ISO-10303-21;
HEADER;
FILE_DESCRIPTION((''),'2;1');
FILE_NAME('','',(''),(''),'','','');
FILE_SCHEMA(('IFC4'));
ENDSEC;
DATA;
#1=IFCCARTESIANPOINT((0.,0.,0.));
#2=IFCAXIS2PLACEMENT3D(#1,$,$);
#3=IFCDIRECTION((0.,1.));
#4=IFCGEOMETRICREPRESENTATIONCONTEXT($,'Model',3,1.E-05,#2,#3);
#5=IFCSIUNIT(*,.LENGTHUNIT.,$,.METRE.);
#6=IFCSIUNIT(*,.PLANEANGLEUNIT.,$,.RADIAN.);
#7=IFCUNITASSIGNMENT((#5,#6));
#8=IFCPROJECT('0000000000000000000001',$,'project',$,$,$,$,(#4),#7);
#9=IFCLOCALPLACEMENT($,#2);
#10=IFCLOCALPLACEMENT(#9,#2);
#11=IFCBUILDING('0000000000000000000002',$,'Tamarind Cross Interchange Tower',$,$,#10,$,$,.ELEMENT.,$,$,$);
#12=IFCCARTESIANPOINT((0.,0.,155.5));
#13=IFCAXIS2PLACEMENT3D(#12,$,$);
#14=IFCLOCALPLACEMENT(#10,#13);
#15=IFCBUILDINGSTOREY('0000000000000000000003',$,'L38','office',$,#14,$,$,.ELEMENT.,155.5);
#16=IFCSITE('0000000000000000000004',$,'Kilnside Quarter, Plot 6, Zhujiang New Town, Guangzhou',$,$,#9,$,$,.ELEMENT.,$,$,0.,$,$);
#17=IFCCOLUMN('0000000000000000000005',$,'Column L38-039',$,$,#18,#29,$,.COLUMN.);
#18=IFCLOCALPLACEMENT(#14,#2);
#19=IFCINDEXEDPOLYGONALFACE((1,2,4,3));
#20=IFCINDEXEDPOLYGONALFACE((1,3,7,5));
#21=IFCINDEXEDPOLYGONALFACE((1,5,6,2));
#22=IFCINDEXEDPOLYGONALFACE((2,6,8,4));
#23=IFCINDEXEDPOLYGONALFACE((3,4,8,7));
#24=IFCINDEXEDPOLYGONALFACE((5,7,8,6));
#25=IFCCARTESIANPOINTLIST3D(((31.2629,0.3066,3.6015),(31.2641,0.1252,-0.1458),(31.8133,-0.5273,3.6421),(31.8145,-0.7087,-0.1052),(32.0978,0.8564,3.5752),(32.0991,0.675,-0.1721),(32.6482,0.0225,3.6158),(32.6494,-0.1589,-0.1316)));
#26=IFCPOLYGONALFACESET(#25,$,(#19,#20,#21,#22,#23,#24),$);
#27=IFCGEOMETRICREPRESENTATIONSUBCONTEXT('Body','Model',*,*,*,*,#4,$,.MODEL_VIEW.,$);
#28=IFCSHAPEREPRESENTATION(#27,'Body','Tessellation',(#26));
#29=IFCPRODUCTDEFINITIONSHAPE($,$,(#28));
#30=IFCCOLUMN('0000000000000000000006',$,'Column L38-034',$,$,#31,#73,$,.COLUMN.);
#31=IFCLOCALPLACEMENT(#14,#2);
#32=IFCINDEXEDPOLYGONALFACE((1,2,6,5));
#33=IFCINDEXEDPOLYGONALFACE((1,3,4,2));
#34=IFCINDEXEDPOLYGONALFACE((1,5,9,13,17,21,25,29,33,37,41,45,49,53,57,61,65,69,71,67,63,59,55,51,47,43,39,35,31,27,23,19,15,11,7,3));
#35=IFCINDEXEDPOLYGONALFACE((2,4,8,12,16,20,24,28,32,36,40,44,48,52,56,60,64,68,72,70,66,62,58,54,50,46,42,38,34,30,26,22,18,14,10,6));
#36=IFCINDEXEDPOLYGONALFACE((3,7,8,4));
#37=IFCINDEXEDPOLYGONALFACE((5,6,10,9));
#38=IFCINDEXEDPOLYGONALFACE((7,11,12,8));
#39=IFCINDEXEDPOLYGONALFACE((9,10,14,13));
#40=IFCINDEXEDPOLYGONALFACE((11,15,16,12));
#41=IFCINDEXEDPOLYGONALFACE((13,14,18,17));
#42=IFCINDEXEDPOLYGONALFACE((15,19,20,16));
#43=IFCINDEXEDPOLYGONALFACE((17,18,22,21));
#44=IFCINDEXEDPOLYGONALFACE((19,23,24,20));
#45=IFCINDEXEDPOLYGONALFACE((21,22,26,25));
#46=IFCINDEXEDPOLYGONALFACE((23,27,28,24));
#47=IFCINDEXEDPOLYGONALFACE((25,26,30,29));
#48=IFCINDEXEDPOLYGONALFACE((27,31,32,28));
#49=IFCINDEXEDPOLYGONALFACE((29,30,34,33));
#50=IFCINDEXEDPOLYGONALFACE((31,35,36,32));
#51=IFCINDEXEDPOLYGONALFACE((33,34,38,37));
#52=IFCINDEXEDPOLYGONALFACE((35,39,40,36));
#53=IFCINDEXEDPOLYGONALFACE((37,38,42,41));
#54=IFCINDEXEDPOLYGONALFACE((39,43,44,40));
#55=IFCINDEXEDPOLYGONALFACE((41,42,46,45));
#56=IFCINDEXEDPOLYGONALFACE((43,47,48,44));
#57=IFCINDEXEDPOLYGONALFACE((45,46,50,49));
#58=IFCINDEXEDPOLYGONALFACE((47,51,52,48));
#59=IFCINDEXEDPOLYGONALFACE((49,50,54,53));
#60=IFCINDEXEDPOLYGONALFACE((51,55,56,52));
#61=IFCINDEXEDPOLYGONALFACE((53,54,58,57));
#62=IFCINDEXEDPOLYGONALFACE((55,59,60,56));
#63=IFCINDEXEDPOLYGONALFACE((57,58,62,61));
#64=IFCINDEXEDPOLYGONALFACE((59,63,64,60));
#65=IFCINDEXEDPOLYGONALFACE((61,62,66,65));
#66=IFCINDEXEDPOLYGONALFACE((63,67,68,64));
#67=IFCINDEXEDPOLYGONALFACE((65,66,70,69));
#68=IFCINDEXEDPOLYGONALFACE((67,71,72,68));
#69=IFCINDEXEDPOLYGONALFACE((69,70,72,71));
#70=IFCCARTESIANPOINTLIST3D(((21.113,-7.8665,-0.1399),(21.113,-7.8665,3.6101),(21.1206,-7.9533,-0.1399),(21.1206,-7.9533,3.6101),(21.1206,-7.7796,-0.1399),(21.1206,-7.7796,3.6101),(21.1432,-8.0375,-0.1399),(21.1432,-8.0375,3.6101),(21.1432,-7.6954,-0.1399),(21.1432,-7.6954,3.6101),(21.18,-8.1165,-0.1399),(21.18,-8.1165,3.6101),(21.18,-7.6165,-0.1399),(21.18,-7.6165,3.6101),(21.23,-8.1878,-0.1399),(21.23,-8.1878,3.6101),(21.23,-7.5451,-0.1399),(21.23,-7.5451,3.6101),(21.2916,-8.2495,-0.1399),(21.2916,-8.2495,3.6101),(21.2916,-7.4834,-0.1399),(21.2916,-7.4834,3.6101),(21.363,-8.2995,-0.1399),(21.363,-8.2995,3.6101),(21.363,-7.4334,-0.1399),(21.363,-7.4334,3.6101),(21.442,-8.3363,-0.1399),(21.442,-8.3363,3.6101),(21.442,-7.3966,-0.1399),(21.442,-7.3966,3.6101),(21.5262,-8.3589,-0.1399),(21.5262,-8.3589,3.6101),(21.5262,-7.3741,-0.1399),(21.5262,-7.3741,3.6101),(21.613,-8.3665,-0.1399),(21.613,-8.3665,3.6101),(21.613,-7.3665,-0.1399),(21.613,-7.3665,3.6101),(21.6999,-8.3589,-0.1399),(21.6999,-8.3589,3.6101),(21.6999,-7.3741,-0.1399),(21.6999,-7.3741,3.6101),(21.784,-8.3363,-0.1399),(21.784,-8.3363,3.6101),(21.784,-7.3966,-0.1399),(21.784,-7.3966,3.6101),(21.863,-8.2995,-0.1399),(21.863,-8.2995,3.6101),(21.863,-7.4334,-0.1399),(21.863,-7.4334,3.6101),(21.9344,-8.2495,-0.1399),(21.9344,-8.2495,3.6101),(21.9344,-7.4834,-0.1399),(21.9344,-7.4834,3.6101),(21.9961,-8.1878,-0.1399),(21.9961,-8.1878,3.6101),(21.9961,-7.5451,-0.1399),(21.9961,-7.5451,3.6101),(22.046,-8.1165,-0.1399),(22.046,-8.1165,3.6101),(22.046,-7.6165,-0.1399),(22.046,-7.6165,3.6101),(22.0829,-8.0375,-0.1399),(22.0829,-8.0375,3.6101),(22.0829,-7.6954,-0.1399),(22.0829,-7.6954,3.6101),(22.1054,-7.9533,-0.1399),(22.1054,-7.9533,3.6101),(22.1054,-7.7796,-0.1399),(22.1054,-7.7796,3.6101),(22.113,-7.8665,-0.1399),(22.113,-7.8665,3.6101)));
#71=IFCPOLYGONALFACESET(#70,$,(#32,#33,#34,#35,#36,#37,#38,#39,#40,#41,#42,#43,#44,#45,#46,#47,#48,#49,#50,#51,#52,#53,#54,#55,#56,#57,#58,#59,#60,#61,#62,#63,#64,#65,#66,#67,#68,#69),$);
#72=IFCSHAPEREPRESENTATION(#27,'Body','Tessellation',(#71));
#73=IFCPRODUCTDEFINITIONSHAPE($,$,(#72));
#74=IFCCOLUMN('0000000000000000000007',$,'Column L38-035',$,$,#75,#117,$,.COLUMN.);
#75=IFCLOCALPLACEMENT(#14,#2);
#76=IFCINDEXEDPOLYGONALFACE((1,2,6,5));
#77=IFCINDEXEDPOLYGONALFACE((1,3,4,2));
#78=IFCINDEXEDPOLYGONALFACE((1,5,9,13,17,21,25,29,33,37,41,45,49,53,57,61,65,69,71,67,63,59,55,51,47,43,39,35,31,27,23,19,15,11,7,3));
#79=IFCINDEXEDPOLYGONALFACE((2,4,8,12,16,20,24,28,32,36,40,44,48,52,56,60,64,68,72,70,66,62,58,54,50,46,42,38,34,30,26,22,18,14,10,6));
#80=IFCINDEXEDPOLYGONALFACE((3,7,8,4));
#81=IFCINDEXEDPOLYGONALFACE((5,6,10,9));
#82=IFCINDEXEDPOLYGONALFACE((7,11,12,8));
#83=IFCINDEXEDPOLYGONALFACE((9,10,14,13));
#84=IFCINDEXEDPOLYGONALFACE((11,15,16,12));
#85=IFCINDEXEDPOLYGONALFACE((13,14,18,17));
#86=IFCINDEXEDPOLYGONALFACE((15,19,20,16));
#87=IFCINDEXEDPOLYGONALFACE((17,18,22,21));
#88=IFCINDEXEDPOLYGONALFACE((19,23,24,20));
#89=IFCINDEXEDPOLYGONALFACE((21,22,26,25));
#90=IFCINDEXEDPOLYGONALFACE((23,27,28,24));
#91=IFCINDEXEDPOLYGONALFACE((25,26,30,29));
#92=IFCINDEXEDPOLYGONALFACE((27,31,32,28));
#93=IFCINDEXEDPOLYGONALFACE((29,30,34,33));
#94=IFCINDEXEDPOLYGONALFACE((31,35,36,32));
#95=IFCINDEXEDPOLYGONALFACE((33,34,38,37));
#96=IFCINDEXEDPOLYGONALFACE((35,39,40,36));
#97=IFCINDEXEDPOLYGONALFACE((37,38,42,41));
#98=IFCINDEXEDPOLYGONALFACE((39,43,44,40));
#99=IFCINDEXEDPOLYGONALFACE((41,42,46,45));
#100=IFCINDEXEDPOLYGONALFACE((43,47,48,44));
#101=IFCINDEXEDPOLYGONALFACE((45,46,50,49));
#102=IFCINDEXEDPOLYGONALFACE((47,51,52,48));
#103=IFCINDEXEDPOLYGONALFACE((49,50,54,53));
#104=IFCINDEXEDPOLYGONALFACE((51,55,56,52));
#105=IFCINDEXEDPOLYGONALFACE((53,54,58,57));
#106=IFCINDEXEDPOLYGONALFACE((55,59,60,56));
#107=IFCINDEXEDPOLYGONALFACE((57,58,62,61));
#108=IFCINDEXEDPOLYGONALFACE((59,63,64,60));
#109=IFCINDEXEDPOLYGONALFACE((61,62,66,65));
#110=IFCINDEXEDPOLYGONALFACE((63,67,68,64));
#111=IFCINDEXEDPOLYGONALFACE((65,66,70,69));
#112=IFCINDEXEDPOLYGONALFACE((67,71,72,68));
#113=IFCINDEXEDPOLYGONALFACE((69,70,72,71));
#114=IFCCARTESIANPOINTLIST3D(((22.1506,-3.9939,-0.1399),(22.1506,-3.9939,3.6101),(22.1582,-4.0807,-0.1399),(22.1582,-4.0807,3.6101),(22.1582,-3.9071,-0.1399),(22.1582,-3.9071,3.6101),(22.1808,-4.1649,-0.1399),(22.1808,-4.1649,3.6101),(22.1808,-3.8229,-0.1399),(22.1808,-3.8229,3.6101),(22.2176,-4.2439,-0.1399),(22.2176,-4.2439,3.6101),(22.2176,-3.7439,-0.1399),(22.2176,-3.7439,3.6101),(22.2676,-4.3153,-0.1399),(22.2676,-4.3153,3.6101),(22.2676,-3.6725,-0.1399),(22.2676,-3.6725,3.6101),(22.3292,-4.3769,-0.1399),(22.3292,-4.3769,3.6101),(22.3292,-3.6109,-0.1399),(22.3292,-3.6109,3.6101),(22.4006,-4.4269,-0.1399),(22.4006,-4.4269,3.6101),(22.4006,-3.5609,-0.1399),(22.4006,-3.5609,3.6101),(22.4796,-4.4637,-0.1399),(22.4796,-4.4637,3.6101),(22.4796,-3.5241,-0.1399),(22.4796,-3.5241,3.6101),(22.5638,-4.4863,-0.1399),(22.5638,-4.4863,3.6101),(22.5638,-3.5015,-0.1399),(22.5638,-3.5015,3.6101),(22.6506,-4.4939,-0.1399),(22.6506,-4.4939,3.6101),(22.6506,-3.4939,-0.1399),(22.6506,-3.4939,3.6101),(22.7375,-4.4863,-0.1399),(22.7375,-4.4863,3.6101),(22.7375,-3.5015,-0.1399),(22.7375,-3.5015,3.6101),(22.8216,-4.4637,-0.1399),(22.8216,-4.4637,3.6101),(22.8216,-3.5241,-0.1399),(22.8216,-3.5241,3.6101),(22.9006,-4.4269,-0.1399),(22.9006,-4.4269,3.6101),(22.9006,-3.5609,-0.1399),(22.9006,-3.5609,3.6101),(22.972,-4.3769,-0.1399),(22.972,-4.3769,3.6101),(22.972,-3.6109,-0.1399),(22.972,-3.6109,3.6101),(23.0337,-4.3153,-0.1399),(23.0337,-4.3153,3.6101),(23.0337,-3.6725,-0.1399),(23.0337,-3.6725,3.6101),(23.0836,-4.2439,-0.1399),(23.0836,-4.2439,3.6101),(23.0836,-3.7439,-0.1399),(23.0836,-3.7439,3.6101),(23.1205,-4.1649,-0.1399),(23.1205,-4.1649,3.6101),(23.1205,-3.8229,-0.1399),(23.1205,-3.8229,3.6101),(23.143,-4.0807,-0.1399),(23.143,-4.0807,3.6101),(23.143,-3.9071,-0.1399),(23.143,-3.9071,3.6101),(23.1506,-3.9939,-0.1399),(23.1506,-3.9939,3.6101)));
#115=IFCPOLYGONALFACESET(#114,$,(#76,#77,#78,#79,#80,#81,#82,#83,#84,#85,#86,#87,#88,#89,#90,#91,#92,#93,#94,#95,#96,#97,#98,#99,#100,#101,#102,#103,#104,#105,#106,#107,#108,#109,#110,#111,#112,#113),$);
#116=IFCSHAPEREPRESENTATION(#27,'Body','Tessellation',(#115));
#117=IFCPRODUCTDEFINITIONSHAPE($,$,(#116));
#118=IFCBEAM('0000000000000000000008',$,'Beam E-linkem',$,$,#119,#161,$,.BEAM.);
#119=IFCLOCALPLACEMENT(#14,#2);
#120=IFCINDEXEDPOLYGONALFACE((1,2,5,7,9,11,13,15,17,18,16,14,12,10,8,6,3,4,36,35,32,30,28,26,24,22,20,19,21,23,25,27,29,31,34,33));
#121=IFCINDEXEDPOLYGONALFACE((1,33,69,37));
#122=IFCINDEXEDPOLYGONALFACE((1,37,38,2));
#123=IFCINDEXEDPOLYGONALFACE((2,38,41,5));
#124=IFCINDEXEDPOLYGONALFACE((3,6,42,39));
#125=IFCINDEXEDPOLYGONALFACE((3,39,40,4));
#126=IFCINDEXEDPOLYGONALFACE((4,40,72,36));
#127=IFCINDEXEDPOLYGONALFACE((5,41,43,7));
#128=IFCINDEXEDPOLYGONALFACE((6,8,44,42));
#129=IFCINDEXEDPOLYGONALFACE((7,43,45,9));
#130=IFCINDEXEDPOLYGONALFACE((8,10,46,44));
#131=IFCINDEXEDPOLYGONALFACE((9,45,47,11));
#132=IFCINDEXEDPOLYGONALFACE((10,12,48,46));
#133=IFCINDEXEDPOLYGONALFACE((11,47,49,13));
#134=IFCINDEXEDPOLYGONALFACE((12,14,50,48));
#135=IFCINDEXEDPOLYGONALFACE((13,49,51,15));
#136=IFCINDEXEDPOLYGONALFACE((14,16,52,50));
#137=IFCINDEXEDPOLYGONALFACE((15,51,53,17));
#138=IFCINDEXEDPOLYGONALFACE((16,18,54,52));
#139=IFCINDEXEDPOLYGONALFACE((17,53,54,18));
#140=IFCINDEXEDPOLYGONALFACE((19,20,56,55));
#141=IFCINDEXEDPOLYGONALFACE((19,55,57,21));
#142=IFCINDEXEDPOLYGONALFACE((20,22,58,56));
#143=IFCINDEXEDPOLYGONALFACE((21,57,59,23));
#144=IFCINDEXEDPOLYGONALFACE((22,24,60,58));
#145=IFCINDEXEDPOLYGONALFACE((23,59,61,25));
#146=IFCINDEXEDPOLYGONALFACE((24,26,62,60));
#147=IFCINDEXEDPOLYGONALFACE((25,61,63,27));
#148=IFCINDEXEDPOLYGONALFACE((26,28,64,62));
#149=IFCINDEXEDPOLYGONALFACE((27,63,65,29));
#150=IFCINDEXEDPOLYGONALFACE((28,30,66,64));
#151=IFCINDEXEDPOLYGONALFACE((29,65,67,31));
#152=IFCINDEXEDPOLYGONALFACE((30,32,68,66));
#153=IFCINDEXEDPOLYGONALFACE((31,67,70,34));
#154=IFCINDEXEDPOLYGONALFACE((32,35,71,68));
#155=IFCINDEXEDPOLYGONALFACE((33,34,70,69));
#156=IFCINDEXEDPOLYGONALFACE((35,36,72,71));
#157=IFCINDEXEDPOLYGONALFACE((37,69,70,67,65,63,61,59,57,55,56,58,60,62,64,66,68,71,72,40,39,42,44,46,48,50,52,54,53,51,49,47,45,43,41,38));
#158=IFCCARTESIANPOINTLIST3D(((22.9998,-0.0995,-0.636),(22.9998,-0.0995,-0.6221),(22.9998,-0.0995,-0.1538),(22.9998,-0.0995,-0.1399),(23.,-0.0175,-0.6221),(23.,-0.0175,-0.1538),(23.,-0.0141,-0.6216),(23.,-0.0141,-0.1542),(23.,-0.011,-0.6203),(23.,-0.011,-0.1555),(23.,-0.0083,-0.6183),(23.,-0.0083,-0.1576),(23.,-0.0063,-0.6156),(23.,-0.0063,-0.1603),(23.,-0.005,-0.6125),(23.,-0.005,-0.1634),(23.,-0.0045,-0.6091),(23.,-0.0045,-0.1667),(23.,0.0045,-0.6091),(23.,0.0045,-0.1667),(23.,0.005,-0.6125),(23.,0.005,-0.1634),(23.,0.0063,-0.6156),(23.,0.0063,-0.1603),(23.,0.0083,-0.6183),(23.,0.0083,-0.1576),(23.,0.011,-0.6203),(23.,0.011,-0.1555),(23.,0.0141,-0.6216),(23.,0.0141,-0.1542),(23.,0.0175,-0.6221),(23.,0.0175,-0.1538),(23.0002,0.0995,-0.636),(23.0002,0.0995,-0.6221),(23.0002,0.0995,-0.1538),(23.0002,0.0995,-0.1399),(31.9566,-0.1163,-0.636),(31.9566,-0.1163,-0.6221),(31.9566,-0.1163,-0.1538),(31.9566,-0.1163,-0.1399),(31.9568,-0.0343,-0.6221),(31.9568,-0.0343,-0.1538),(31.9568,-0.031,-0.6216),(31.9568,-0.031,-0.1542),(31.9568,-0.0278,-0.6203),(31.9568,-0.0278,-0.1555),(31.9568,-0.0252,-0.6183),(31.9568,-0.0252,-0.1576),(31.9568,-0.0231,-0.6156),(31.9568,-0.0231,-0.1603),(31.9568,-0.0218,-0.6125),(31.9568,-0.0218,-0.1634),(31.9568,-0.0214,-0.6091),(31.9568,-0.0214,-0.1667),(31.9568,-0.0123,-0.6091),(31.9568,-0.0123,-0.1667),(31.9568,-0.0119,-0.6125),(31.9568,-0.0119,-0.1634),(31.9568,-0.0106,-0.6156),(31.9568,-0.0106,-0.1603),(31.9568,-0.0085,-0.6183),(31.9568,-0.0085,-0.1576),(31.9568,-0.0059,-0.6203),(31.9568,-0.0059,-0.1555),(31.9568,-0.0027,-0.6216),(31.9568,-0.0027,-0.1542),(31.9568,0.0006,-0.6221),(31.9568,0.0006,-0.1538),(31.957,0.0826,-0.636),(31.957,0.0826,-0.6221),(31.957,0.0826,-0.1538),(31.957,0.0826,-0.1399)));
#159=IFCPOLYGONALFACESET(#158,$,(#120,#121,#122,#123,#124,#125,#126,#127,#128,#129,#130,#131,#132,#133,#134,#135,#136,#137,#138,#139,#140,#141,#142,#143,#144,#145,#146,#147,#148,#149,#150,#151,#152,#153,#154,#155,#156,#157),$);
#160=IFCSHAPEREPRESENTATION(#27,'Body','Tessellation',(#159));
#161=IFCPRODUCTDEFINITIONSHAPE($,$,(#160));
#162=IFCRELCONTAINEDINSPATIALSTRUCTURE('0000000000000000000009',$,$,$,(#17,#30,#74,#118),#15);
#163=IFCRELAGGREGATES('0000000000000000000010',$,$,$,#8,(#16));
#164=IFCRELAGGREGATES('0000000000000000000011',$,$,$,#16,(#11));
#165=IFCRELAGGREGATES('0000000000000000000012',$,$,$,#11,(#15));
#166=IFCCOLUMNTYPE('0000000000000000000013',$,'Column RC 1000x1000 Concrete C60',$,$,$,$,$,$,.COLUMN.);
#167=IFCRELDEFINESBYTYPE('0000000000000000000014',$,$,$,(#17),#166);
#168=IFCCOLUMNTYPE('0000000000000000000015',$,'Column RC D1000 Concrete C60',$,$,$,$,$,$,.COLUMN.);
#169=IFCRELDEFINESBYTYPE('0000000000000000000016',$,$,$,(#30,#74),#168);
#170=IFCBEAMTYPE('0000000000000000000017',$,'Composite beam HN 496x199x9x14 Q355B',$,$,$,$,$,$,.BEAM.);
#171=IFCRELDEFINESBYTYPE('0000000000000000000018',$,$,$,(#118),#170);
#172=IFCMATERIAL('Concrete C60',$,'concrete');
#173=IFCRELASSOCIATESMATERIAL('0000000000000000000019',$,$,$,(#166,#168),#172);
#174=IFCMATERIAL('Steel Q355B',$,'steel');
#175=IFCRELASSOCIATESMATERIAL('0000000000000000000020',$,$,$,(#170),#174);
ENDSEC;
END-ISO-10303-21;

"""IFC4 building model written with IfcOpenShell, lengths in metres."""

from ifc_helpers import new_model, si_unit, direction, frame, origin, origin_2d, place, context, subcontext, project, spatial, rectangle, circle, i_section, extrude, material, material_profile, profile_set, type_object, element, save


model = new_model("IFC4")

# Units and contexts
model_context = context("Model", 3, precision=1e-05, world=origin(), true_north=direction((0.0, 1.0)))
body_context = subcontext(model_context, "Body", "Model", "MODEL_VIEW")
ifc_project = project(units=[si_unit("LENGTHUNIT", "METRE"), si_unit("PLANEANGLEUNIT", "RADIAN")], contexts=[model_context])

# Site, building, storey
site_placement = place(None, origin())
site = spatial("IfcSite", under=ifc_project, at=site_placement, Name="Kilnside Quarter, Plot 6, Zhujiang New Town, Guangzhou", CompositionType="ELEMENT", RefElevation=0.0)
building_placement = place(site_placement, origin())
building = spatial("IfcBuilding", under=site, at=building_placement, Name="Tamarind Cross Interchange Tower", CompositionType="ELEMENT")
storey_placement = place(building_placement, frame((0.0, 0.0, 155.5)))
storey = spatial("IfcBuildingStorey", under=building, at=storey_placement, Name="L38", Description="office", CompositionType="ELEMENT", Elevation=155.5)

# Columns
ifc_material_1 = material(Name="Concrete C60", Category="concrete")
ifc_material_profile_1 = material_profile(ifc_material_1, rectangle(XDim=1.0, YDim=1.0, at=origin_2d()), Name="RC 1000x1000")
ifc_profile_set_1 = profile_set([ifc_material_profile_1], Name="Concrete C60")
column_type_1 = type_object("IfcColumnType", Name="Column RC 1000x1000 Concrete C60", PredefinedType="COLUMN", material=ifc_profile_set_1)
column_placement = place(storey_placement, frame((31.9568, -0.0168, -0.1387), z_axis=(-0.000325, 0.04835, 0.99883), x_axis=(-0.834913, -0.549751, 0.02634)))
element("IfcColumn", 1, at=column_placement, inside=storey, type_object=column_type_1, Name="Column L38-039", PredefinedType="COLUMN", context=body_context, shape_type="SweptSolid", body=[
    extrude(rectangle(XDim=1.0, YDim=1.0, at=origin_2d()), origin(), (0.0, 0.0, 1.0), 3.7517),
])
ifc_material_profile_2 = material_profile(ifc_material_1, circle(Radius=0.5, at=origin_2d()), Name="RC D1000")
ifc_profile_set_2 = profile_set([ifc_material_profile_2], Name="Concrete C60")
column_type_2 = type_object("IfcColumnType", Name="Column RC D1000 Concrete C60", PredefinedType="COLUMN", material=ifc_profile_set_2)
for number, where, z_axis, x_axis, name in (
    (2, (21.613, -7.8665, -0.1399), (0.0, 0.0, 1.0), (1.0, 0.0, 0.0), "Column L38-034"),
    (3, (22.6506, -3.9939, -0.1399), (0.0, 0.0, 1.0), (1.0, 0.0, 0.0), "Column L38-035"),
):
    element("IfcColumn", number, at=place(storey_placement, frame(where, z_axis=z_axis, x_axis=x_axis)), inside=storey, type_object=column_type_2, Name=name, PredefinedType="COLUMN", context=body_context, shape_type="SweptSolid", body=[
        extrude(circle(Radius=0.5, at=origin_2d()), origin(), (0.0, 0.0, 1.0), 3.75),
    ])

# Beam
ifc_material_2 = material(Name="Steel Q355B", Category="steel")
ifc_material_profile_3 = material_profile(ifc_material_2, i_section(OverallWidth=0.199, OverallDepth=0.4961, WebThickness=0.009, FlangeThickness=0.0139, FilletRadius=0.0129, at=origin_2d()), Name="HN 496x199x9x14")
ifc_profile_set_3 = profile_set([ifc_material_profile_3], Name="Steel Q355B")
beam_type_1 = type_object("IfcBeamType", Name="Composite beam HN 496x199x9x14 Q355B", PredefinedType="BEAM", material=ifc_profile_set_3)
beam_1_placement = place(storey_placement, frame((31.9568, -0.0168, -0.3879), z_axis=(-0.999998, 0.001881, 0.0), x_axis=(-0.001881, -0.999998, 0.0)))
element("IfcBeam", 4, at=beam_1_placement, inside=storey, type_object=beam_type_1, Name="Beam E-linkem", PredefinedType="BEAM", context=body_context, shape_type="SweptSolid", body=[
    extrude(i_section(OverallWidth=0.199, OverallDepth=0.4961, WebThickness=0.009, FlangeThickness=0.0139, FilletRadius=0.0129, at=origin_2d()), origin(), (0.0, 0.0, 1.0), 8.9568),
])

save(model, "model.ifc")
